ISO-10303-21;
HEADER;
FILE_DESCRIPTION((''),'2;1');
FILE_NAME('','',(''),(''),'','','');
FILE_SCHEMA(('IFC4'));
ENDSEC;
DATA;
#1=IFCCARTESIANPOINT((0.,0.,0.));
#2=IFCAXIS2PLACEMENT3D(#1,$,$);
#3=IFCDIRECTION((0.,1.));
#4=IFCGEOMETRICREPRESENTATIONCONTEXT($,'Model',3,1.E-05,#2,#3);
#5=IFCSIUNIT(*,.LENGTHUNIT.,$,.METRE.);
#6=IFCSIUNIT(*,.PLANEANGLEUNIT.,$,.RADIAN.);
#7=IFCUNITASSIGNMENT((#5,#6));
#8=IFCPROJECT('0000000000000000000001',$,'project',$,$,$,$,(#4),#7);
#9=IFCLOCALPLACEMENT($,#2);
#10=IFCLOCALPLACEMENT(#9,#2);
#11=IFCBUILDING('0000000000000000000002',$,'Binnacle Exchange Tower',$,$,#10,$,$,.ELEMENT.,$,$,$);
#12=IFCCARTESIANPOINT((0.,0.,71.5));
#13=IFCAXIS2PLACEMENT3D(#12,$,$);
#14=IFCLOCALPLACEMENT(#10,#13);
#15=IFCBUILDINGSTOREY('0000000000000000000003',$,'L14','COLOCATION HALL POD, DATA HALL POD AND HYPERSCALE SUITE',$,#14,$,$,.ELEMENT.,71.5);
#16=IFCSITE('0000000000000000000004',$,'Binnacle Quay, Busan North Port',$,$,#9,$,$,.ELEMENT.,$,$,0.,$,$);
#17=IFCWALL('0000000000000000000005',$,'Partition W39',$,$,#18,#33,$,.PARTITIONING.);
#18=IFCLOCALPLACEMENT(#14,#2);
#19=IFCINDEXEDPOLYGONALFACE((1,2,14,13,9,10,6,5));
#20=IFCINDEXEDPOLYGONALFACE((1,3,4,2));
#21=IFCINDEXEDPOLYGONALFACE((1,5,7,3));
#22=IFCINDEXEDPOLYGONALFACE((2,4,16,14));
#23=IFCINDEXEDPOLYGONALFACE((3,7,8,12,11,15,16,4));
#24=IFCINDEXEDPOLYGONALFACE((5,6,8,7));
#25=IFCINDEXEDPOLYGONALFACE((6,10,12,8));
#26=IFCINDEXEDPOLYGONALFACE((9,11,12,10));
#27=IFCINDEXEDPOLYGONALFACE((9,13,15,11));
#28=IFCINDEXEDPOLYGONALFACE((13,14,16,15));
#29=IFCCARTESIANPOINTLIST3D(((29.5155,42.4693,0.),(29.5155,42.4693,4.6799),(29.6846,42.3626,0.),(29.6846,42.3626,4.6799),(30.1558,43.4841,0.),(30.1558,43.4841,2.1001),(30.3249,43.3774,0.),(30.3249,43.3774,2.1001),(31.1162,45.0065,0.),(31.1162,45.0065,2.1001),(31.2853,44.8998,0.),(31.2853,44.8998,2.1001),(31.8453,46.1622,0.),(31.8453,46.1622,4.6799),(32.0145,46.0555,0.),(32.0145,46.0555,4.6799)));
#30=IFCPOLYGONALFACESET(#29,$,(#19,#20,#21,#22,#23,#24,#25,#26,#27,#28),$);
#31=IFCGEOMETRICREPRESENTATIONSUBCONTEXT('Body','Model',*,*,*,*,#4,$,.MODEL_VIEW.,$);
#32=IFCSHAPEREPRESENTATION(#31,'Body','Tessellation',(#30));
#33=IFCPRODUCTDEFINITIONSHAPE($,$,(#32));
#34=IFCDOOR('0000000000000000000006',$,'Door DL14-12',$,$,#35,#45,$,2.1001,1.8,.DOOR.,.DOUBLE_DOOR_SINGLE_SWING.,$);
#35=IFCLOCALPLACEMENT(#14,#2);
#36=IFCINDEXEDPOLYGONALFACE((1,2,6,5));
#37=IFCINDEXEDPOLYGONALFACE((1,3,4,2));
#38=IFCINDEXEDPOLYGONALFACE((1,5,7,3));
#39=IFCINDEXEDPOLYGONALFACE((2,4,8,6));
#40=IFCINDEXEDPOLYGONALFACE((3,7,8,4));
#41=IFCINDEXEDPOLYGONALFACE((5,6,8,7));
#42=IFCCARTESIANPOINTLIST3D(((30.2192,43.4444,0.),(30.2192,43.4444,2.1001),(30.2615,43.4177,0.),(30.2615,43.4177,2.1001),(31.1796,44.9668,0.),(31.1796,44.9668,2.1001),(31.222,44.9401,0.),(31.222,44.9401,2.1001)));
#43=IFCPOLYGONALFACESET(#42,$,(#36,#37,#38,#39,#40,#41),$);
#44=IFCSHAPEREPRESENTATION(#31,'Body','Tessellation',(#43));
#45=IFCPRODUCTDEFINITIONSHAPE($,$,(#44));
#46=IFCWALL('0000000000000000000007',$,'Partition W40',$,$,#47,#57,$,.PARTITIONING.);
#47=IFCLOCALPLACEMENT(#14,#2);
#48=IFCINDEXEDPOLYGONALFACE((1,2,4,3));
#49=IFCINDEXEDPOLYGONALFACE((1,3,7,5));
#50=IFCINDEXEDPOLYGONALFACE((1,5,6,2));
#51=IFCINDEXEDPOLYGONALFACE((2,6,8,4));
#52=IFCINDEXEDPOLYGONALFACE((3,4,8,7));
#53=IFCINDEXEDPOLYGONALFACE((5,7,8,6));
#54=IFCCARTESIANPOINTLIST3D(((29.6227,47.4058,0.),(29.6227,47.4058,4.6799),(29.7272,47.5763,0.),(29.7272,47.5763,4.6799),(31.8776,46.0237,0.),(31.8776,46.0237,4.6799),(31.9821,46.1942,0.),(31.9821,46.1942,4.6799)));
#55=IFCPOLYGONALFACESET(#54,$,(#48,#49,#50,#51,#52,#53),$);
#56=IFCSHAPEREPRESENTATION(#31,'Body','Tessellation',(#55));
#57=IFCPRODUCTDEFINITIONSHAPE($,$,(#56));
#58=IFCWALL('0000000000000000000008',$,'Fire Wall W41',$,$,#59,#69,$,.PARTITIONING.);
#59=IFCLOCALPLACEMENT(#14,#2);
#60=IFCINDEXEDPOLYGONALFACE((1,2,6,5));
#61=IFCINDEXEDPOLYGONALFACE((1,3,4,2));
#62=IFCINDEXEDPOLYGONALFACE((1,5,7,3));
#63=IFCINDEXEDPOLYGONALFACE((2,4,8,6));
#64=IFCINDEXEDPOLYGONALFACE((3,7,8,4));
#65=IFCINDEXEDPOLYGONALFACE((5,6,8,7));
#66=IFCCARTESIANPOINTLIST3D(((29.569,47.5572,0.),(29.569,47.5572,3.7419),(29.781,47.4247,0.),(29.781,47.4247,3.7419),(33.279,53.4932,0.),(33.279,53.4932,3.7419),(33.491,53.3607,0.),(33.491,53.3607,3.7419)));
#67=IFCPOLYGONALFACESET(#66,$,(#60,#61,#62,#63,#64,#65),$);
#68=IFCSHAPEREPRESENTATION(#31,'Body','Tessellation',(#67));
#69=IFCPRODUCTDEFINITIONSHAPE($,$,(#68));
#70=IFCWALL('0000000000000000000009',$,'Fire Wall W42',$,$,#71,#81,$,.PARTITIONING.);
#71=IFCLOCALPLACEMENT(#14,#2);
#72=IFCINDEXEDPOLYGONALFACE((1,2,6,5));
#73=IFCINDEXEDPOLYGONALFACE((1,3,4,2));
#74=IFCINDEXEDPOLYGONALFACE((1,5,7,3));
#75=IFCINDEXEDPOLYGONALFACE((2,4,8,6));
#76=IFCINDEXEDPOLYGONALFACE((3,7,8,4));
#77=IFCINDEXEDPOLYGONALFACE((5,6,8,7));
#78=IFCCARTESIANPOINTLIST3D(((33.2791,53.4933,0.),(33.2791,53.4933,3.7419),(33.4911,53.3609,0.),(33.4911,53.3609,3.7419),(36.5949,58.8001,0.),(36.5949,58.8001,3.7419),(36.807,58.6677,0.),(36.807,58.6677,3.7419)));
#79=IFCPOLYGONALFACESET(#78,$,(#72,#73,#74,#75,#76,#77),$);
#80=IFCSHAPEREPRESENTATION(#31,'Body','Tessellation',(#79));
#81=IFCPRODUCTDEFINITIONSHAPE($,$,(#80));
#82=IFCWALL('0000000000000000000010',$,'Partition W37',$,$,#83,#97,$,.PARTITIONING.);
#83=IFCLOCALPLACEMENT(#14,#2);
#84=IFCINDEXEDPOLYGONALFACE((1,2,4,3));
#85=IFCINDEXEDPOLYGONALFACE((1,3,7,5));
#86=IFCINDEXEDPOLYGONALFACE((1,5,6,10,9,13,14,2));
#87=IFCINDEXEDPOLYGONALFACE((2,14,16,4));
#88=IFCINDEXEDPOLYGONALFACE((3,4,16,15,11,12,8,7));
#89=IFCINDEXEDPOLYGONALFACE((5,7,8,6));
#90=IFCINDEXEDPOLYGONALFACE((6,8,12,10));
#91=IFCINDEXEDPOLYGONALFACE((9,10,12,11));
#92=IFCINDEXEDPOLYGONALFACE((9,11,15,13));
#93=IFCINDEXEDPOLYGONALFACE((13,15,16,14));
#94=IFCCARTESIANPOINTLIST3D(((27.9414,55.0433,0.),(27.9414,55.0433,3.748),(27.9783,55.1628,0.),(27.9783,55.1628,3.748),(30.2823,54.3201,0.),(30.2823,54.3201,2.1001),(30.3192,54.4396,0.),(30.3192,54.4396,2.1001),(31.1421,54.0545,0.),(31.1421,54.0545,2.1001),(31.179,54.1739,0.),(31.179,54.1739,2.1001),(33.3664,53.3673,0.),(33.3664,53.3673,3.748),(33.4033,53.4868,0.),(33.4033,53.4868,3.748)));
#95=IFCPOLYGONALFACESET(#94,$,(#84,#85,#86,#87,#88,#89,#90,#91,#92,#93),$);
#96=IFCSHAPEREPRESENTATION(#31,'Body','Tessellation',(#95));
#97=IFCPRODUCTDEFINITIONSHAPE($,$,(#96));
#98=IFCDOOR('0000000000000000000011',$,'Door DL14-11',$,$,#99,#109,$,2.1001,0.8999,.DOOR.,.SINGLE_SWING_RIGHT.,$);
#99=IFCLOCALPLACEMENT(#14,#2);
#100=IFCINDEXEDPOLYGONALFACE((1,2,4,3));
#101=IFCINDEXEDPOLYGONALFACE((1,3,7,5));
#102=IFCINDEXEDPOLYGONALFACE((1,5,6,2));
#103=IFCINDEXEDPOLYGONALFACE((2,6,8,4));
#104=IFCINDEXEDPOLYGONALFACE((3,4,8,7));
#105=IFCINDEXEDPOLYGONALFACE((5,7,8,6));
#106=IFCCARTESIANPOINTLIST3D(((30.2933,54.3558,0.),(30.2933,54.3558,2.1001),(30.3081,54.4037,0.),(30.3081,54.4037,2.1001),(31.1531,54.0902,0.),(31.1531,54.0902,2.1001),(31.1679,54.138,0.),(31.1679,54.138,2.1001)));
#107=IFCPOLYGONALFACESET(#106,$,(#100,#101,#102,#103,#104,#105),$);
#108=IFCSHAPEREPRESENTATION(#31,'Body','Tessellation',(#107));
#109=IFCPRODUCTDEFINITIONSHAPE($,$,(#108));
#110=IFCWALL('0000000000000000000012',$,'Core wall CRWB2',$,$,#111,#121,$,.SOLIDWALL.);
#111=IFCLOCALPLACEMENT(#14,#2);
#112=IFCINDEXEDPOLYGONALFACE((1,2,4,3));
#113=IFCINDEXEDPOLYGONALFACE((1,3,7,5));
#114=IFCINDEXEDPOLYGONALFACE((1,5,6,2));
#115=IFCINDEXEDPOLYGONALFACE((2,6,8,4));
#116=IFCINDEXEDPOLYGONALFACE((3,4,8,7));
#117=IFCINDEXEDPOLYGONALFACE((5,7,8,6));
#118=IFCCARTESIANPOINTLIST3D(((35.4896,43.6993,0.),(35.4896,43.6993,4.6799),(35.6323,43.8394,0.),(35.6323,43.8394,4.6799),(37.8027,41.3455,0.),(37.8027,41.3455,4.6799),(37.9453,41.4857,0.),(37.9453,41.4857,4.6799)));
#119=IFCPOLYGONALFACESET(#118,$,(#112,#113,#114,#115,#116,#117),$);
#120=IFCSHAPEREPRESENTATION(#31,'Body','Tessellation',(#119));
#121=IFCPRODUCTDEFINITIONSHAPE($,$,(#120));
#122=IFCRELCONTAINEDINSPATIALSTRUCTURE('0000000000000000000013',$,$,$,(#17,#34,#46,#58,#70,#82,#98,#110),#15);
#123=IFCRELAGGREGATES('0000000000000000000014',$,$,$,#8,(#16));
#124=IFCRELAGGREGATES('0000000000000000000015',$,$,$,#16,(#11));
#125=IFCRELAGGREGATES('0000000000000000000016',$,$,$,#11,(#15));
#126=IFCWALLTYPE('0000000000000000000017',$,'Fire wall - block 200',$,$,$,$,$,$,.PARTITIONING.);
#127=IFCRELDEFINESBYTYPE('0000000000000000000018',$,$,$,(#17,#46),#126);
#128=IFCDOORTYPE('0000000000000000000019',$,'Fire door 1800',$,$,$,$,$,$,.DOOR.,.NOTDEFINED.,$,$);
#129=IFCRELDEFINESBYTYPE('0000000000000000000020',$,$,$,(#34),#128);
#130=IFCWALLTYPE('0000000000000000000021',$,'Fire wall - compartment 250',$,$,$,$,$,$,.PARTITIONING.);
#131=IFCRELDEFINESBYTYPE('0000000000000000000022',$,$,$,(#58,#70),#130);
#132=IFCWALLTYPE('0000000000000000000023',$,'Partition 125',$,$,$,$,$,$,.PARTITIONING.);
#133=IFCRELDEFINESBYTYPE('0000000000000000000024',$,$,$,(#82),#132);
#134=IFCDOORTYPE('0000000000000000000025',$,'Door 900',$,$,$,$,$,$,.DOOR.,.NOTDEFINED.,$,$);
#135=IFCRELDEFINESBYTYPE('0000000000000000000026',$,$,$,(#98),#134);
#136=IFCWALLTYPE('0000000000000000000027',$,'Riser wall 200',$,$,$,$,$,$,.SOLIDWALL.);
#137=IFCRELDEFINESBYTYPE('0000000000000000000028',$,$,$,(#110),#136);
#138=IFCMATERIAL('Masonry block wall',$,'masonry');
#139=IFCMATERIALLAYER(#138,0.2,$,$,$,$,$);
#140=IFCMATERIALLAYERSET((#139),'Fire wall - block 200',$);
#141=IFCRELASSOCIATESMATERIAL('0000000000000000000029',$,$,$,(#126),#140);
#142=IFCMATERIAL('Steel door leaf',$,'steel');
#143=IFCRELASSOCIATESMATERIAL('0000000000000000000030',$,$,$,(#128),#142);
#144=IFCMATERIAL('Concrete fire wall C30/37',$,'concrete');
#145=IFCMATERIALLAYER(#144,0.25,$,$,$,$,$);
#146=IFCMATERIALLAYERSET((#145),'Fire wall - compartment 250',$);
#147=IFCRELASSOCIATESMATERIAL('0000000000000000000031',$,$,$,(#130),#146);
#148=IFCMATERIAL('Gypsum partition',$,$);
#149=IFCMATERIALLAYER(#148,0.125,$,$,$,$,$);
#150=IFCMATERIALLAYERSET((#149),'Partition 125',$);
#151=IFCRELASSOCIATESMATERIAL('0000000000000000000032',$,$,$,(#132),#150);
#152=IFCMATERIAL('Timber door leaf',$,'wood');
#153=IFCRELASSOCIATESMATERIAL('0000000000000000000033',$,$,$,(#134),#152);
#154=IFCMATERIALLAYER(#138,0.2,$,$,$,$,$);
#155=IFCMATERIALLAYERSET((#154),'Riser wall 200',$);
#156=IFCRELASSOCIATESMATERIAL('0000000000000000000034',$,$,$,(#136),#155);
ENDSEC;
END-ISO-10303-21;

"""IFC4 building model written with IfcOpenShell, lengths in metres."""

from ifc_helpers import new_model, si_unit, direction, frame, frame_2d, origin, place, context, subcontext, project, spatial, rectangle, extrude, material, layer, layer_set, type_object, element, fill, save


model = new_model("IFC4")

# Units and contexts
model_context = context("Model", 3, precision=1e-05, world=origin(), true_north=direction((0.0, 1.0)))
body_context = subcontext(model_context, "Body", "Model", "MODEL_VIEW")
ifc_project = project(units=[si_unit("LENGTHUNIT", "METRE"), si_unit("PLANEANGLEUNIT", "RADIAN")], contexts=[model_context])

# Site, building, storey
site_placement = place(None, origin())
site = spatial("IfcSite", under=ifc_project, at=site_placement, Name="Binnacle Quay, Busan North Port", CompositionType="ELEMENT", RefElevation=0.0)
building_placement = place(site_placement, origin())
building = spatial("IfcBuilding", under=site, at=building_placement, Name="Binnacle Exchange Tower", CompositionType="ELEMENT")
storey_placement = place(building_placement, frame((0.0, 0.0, 71.5)))
storey = spatial("IfcBuildingStorey", under=building, at=storey_placement, Name="L14", Description="COLOCATION HALL POD, DATA HALL POD AND HYPERSCALE SUITE", CompositionType="ELEMENT", Elevation=71.5)

# Shared definitions
ifc_material_1 = material(Name="Masonry block wall", Category="masonry")
ifc_layer_1 = layer(ifc_material_1, 0.2)
ifc_layer_set_1 = layer_set([ifc_layer_1], Name="Fire wall - block 200")
wall_type_1 = type_object("IfcWallType", Name="Fire wall - block 200", PredefinedType="PARTITIONING", material=ifc_layer_set_1)

# Wall, opening, door
wall_1_placement = place(storey_placement, frame((29.6001, 42.416, 0.0), z_axis=(0.0, 0.0, 1.0), x_axis=(0.533583, 0.845748, 0.0)))
wall_1 = element("IfcWall", 1, at=wall_1_placement, inside=storey, type_object=wall_type_1, Name="Partition W39", PredefinedType="PARTITIONING", context=body_context, shape_type="SweptSolid", body=[
    extrude(rectangle(XDim=4.3665, YDim=0.2, at=frame_2d((2.1831, 0.0))), origin(), (0.0, 0.0, 1.0), 4.6799),
])
opening_1_placement = place(wall_1_placement, frame((1.2, 0.0, 0.0)))
opening_1 = element("IfcOpeningElement", 2, at=opening_1_placement, cuts=wall_1, PredefinedType="OPENING", context=body_context, shape_type="SweptSolid", body=[
    extrude(rectangle(XDim=1.8, YDim=2.1001, at=frame_2d((0.8999, 1.05))), frame((0.0, 0.1099, 0.0), z_axis=(0.0, -1.0, 0.0), x_axis=(1.0, 0.0, 0.0)), (0.0, 0.0, 1.0), 0.22),
])
ifc_material_2 = material(Name="Steel door leaf", Category="steel")
door_type_1 = type_object("IfcDoorType", Name="Fire door 1800", OperationType="NOTDEFINED", PredefinedType="DOOR", material=ifc_material_2)
door_1_placement = place(opening_1_placement, frame((1.8, 0.0, 0.0), z_axis=(0.0, 0.0, 1.0), x_axis=(-1.0, 0.0, 0.0)))
door_1 = element("IfcDoor", 3, at=door_1_placement, inside=storey, type_object=door_type_1, Name="Door DL14-12", OperationType="DOUBLE_DOOR_SINGLE_SWING", OverallHeight=2.1001, OverallWidth=1.8, PredefinedType="DOOR", context=body_context, shape_type="SweptSolid", body=[
    extrude(rectangle(XDim=1.8, YDim=2.1001, at=frame_2d((0.8999, 1.05))), frame((0.0, 0.0249, 0.0), z_axis=(0.0, -1.0, 0.0), x_axis=(1.0, 0.0, 0.0)), (0.0, 0.0, 1.0), 0.05),
])
fill(opening_1, door_1)

# Walls
wall_2_placement = place(storey_placement, frame((29.675, 47.491, 0.0), z_axis=(0.0, 0.0, 1.0), x_axis=(0.852592, -0.522577, 0.0)))
element("IfcWall", 4, at=wall_2_placement, inside=storey, type_object=wall_type_1, Name="Partition W40", PredefinedType="PARTITIONING", context=body_context, shape_type="SweptSolid", body=[
    extrude(rectangle(XDim=2.6448, YDim=0.2, at=frame_2d((1.3223, 0.0))), origin(), (0.0, 0.0, 1.0), 4.6799),
])
ifc_material_3 = material(Name="Concrete fire wall C30/37", Category="concrete")
ifc_layer_2 = layer(ifc_material_3, 0.25)
ifc_layer_set_2 = layer_set([ifc_layer_2], Name="Fire wall - compartment 250")
wall_type_2 = type_object("IfcWallType", Name="Fire wall - compartment 250", PredefinedType="PARTITIONING", material=ifc_layer_set_2)
wall_3_placement = place(storey_placement, frame((29.675, 47.491, 0.0), z_axis=(0.0, 0.0, 1.0), x_axis=(0.529993, 0.848002, 0.0)))
element("IfcWall", 5, at=wall_3_placement, inside=storey, type_object=wall_type_2, Name="Fire Wall W41", PredefinedType="PARTITIONING", context=body_context, shape_type="SweptSolid", body=[
    extrude(rectangle(XDim=7.0, YDim=0.25, at=frame_2d((3.5, 0.0))), origin(), (0.0, 0.0, 1.0), 3.7419),
])
wall_4_placement = place(storey_placement, frame((33.385, 53.427, 0.0), z_axis=(0.0, 0.0, 1.0), x_axis=(0.529897, 0.848062, 0.0)))
element("IfcWall", 6, at=wall_4_placement, inside=storey, type_object=wall_type_2, Name="Fire Wall W42", PredefinedType="PARTITIONING", context=body_context, shape_type="SweptSolid", body=[
    extrude(rectangle(XDim=6.2576, YDim=0.25, at=frame_2d((3.1289, 0.0))), origin(), (0.0, 0.0, 1.0), 3.7419),
])

# Wall, opening, door
ifc_material_4 = material(Name="Gypsum partition")
ifc_layer_3 = layer(ifc_material_4, 0.125)
ifc_layer_set_3 = layer_set([ifc_layer_3], Name="Partition 125")
wall_type_3 = type_object("IfcWallType", Name="Partition 125", PredefinedType="PARTITIONING", material=ifc_layer_set_3)
wall_5_placement = place(storey_placement, frame((27.96, 55.103, 0.0), z_axis=(0.0, 0.0, 1.0), x_axis=(0.955443, -0.295176, 0.0)))
wall_5 = element("IfcWall", 7, at=wall_5_placement, inside=storey, type_object=wall_type_3, Name="Partition W37", PredefinedType="PARTITIONING", context=body_context, shape_type="SweptSolid", body=[
    extrude(rectangle(XDim=5.678, YDim=0.125, at=frame_2d((2.8389, 0.0))), origin(), (0.0, 0.0, 1.0), 3.748),
])
opening_2_placement = place(wall_5_placement, frame((2.45, 0.0, 0.0)))
opening_2 = element("IfcOpeningElement", 8, at=opening_2_placement, cuts=wall_5, PredefinedType="OPENING", context=body_context, shape_type="SweptSolid", body=[
    extrude(rectangle(XDim=0.8999, YDim=2.1001, at=frame_2d((0.45, 1.05))), frame((0.0, 0.0725, 0.0), z_axis=(0.0, -1.0, 0.0), x_axis=(1.0, 0.0, 0.0)), (0.0, 0.0, 1.0), 0.145),
])
ifc_material_5 = material(Name="Timber door leaf", Category="wood")
door_type_2 = type_object("IfcDoorType", Name="Door 900", OperationType="NOTDEFINED", PredefinedType="DOOR", material=ifc_material_5)
door_2_placement = place(opening_2_placement, origin())
door_2 = element("IfcDoor", 9, at=door_2_placement, inside=storey, type_object=door_type_2, Name="Door DL14-11", OperationType="SINGLE_SWING_RIGHT", OverallHeight=2.1001, OverallWidth=0.8999, PredefinedType="DOOR", context=body_context, shape_type="SweptSolid", body=[
    extrude(rectangle(XDim=0.8999, YDim=2.1001, at=frame_2d((0.45, 1.05))), frame((0.0, 0.0249, 0.0), z_axis=(0.0, -1.0, 0.0), x_axis=(1.0, 0.0, 0.0)), (0.0, 0.0, 1.0), 0.05),
])
fill(opening_2, door_2)

# Wall
ifc_layer_4 = layer(ifc_material_1, 0.2)
ifc_layer_set_4 = layer_set([ifc_layer_4], Name="Riser wall 200")
wall_type_4 = type_object("IfcWallType", Name="Riser wall 200", PredefinedType="SOLIDWALL", material=ifc_layer_set_4)
wall_6_placement = place(storey_placement, frame((35.561, 43.7693, 0.0), z_axis=(0.0, 0.0, 1.0), x_axis=(0.700902, -0.713257, 0.0)))
element("IfcWall", 10, at=wall_6_placement, inside=storey, type_object=wall_type_4, Name="Core wall CRWB2", PredefinedType="SOLIDWALL", context=body_context, shape_type="SweptSolid", body=[
    extrude(rectangle(XDim=3.3, YDim=0.2, at=frame_2d((1.6499, 0.0))), origin(), (0.0, 0.0, 1.0), 4.6799),
])

save(model, "model.ifc")
